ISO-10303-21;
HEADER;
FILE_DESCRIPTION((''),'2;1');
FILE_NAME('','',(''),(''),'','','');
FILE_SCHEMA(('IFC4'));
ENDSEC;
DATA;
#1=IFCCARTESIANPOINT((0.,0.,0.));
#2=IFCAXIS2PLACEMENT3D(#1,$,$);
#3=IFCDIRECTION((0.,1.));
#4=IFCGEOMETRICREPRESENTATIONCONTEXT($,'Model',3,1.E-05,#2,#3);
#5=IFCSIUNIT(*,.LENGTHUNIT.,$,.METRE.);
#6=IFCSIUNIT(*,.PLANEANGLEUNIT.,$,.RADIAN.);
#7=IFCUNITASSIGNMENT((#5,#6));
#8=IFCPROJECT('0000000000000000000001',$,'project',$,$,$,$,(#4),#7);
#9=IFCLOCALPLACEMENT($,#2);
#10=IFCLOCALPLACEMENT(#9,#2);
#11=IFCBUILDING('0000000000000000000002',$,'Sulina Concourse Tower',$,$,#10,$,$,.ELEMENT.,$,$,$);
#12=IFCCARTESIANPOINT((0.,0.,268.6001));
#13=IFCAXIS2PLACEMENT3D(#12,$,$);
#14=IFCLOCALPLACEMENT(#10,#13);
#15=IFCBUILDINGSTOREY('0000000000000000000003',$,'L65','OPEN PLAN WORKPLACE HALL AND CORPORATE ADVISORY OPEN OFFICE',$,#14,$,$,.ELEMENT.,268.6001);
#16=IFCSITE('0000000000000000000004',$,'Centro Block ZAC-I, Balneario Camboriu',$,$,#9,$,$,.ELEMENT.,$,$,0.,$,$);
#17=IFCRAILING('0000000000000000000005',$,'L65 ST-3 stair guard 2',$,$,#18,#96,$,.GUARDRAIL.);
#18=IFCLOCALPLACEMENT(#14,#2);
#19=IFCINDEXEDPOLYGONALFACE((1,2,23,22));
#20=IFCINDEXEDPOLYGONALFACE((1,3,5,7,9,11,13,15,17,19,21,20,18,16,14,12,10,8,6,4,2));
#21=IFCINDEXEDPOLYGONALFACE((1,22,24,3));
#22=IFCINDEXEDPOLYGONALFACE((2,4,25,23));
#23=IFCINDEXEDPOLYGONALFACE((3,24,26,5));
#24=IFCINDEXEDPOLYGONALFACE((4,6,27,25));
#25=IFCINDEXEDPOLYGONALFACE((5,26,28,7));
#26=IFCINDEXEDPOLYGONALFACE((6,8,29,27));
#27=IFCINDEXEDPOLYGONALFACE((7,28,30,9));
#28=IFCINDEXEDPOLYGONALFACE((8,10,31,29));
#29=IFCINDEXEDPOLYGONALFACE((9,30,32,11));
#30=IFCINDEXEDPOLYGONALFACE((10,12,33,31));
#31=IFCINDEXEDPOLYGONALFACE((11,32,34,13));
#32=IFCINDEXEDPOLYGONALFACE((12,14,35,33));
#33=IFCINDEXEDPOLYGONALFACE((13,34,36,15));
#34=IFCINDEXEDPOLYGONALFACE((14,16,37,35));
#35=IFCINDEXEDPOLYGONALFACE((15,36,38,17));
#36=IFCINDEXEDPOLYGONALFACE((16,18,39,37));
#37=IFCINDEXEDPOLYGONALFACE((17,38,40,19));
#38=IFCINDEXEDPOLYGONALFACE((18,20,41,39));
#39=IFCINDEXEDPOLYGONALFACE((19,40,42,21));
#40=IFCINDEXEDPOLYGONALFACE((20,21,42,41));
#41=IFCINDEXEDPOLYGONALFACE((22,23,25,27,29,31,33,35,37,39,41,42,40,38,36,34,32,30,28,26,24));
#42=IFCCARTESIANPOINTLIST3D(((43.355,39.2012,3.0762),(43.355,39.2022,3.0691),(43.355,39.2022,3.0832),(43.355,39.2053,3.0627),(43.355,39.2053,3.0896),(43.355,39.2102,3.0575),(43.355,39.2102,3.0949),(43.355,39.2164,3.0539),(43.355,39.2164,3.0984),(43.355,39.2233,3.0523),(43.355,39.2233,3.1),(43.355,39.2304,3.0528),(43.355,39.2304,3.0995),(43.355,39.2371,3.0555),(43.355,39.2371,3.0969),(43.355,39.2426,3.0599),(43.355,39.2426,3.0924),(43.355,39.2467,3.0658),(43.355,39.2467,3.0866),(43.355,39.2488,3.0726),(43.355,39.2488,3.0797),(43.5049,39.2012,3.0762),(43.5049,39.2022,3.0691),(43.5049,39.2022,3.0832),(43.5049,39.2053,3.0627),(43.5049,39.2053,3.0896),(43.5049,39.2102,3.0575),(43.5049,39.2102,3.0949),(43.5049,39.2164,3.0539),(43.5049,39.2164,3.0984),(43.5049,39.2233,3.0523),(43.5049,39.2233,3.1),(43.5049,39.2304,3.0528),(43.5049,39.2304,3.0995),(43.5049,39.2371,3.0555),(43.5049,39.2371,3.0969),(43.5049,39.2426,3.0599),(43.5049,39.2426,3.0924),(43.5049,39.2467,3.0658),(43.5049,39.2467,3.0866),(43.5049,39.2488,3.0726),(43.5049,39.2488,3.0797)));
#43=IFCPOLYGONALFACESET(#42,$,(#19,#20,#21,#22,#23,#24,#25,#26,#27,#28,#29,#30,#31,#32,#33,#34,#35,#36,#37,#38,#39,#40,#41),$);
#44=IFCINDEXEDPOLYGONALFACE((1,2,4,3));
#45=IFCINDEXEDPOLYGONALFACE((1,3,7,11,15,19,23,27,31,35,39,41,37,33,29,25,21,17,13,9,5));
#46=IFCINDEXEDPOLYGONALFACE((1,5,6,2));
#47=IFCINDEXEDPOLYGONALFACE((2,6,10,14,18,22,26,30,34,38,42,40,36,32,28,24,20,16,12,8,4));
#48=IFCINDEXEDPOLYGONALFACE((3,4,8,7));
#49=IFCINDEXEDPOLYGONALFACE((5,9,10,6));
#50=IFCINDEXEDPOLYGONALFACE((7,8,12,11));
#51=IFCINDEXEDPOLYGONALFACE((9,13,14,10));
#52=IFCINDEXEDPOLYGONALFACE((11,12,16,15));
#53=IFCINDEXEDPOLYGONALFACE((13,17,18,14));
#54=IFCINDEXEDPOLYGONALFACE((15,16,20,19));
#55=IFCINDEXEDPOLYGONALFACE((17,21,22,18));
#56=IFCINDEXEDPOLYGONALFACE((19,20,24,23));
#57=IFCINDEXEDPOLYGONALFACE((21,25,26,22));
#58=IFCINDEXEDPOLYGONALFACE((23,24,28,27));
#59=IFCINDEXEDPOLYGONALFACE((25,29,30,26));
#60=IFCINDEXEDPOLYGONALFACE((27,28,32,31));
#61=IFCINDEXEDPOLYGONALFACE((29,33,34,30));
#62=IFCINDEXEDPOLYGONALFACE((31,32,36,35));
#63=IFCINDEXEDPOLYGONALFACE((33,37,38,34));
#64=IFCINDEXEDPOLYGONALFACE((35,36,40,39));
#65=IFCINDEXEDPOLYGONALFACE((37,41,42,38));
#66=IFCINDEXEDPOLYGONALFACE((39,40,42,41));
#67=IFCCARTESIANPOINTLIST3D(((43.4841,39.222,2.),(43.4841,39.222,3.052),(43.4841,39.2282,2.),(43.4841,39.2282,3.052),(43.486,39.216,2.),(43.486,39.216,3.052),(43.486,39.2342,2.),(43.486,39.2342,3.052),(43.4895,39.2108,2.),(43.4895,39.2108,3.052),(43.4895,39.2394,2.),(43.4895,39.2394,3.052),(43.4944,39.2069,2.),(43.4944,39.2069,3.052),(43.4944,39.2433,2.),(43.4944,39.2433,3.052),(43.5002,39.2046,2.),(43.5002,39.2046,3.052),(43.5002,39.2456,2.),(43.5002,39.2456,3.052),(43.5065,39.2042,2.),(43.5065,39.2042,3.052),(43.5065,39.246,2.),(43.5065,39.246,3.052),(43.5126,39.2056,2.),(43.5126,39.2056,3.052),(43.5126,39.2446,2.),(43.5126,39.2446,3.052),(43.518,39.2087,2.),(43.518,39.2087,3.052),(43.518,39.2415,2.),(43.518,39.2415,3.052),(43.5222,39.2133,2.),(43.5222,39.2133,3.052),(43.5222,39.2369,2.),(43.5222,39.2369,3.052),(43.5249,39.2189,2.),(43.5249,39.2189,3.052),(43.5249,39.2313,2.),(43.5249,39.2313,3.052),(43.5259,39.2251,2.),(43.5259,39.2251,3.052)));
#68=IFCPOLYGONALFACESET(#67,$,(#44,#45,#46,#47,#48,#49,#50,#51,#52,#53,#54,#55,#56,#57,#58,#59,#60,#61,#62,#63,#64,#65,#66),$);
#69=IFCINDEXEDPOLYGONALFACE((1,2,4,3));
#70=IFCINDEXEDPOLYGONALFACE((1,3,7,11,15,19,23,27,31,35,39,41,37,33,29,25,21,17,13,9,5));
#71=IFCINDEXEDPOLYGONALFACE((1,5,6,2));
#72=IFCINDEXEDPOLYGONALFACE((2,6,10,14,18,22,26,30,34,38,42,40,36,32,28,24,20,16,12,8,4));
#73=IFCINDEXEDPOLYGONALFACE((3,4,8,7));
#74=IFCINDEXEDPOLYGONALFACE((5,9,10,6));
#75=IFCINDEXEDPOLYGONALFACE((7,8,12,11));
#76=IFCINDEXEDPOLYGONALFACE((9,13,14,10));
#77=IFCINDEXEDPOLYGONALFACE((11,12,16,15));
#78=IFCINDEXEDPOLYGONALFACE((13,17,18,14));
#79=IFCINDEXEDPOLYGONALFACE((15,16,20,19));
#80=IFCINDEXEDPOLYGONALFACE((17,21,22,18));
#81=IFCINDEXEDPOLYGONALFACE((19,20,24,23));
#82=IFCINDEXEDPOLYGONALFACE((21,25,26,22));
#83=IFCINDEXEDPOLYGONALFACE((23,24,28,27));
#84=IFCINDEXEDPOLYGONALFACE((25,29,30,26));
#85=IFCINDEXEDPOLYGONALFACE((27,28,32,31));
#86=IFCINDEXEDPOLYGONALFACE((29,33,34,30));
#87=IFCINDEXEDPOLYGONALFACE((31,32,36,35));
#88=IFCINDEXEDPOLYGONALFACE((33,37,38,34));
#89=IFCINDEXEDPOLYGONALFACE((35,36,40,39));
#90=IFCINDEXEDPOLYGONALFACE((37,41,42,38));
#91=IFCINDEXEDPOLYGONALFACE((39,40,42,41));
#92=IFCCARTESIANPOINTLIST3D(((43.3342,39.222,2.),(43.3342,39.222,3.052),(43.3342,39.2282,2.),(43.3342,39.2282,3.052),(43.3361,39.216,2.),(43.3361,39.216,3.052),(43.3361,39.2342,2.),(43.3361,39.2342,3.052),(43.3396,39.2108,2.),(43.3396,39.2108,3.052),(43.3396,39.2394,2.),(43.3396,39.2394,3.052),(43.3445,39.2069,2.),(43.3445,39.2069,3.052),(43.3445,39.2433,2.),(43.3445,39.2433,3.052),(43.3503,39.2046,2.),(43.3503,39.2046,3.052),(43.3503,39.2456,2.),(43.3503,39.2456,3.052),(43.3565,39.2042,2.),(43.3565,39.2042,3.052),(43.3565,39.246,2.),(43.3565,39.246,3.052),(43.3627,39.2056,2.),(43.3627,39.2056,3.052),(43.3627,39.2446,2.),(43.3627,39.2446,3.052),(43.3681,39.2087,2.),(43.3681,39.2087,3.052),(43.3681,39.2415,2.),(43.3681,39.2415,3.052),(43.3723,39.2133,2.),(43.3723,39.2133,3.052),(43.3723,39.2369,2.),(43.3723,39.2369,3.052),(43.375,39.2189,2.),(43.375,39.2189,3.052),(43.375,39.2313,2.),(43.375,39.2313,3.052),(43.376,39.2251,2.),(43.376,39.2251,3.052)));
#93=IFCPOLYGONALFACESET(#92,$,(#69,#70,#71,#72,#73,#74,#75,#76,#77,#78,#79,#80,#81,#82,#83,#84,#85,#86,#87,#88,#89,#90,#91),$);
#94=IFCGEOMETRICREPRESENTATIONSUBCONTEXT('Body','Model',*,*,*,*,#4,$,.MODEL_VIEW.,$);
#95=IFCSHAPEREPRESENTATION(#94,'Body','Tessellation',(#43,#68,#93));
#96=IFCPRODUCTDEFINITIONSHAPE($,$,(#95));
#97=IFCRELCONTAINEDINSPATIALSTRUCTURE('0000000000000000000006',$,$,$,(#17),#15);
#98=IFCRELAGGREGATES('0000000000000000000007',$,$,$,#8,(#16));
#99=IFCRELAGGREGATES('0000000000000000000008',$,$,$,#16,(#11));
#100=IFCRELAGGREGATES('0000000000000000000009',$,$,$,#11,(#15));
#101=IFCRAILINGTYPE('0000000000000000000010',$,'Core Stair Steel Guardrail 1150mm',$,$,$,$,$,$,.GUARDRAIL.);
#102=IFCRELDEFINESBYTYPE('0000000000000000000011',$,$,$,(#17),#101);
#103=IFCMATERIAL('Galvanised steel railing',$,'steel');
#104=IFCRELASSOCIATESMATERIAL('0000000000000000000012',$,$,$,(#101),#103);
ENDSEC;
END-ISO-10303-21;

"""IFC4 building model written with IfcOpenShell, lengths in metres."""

from ifc_helpers import new_model, si_unit, direction, frame, origin, origin_2d, place, context, subcontext, project, spatial, circle, extrude, material, type_object, element, save


model = new_model("IFC4")

# Units and contexts
model_context = context("Model", 3, precision=1e-05, world=origin(), true_north=direction((0.0, 1.0)))
body_context = subcontext(model_context, "Body", "Model", "MODEL_VIEW")
ifc_project = project(units=[si_unit("LENGTHUNIT", "METRE"), si_unit("PLANEANGLEUNIT", "RADIAN")], contexts=[model_context])

# Site, building, storey
site_placement = place(None, origin())
site = spatial("IfcSite", under=ifc_project, at=site_placement, Name="Centro Block ZAC-I, Balneario Camboriu", CompositionType="ELEMENT", RefElevation=0.0)
building_placement = place(site_placement, origin())
building = spatial("IfcBuilding", under=site, at=building_placement, Name="Sulina Concourse Tower", CompositionType="ELEMENT")
storey_placement = place(building_placement, frame((0.0, 0.0, 268.6001)))
storey = spatial("IfcBuildingStorey", under=building, at=storey_placement, Name="L65", Description="OPEN PLAN WORKPLACE HALL AND CORPORATE ADVISORY OPEN OFFICE", CompositionType="ELEMENT", Elevation=268.6001)

# Railing
ifc_material_1 = material(Name="Galvanised steel railing", Category="steel")
railing_type_1 = type_object("IfcRailingType", Name="Core Stair Steel Guardrail 1150mm", PredefinedType="GUARDRAIL", material=ifc_material_1)
railing_1_placement = place(storey_placement, frame((43.5049, 39.2251, 2.0)))
element("IfcRailing", 1, at=railing_1_placement, inside=storey, type_object=railing_type_1, Name="L65 ST-3 stair guard 2", PredefinedType="GUARDRAIL", context=body_context, shape_type="SweptSolid", body=[
    extrude(circle(Radius=0.0239, at=origin_2d()), frame((0.0, 0.0, 1.0762), z_axis=(-1.0, 0.0, 0.0), x_axis=(0.0, -1.0, 0.0)), (0.0, 0.0, 1.0), 0.1499),
    extrude(circle(Radius=0.021, at=origin_2d()), origin(), (0.0, 0.0, 1.0), 1.052),
    extrude(circle(Radius=0.021, at=origin_2d()), frame((-0.1499, 0.0, 0.0)), (0.0, 0.0, 1.0), 1.052),
])

save(model, "model.ifc")
